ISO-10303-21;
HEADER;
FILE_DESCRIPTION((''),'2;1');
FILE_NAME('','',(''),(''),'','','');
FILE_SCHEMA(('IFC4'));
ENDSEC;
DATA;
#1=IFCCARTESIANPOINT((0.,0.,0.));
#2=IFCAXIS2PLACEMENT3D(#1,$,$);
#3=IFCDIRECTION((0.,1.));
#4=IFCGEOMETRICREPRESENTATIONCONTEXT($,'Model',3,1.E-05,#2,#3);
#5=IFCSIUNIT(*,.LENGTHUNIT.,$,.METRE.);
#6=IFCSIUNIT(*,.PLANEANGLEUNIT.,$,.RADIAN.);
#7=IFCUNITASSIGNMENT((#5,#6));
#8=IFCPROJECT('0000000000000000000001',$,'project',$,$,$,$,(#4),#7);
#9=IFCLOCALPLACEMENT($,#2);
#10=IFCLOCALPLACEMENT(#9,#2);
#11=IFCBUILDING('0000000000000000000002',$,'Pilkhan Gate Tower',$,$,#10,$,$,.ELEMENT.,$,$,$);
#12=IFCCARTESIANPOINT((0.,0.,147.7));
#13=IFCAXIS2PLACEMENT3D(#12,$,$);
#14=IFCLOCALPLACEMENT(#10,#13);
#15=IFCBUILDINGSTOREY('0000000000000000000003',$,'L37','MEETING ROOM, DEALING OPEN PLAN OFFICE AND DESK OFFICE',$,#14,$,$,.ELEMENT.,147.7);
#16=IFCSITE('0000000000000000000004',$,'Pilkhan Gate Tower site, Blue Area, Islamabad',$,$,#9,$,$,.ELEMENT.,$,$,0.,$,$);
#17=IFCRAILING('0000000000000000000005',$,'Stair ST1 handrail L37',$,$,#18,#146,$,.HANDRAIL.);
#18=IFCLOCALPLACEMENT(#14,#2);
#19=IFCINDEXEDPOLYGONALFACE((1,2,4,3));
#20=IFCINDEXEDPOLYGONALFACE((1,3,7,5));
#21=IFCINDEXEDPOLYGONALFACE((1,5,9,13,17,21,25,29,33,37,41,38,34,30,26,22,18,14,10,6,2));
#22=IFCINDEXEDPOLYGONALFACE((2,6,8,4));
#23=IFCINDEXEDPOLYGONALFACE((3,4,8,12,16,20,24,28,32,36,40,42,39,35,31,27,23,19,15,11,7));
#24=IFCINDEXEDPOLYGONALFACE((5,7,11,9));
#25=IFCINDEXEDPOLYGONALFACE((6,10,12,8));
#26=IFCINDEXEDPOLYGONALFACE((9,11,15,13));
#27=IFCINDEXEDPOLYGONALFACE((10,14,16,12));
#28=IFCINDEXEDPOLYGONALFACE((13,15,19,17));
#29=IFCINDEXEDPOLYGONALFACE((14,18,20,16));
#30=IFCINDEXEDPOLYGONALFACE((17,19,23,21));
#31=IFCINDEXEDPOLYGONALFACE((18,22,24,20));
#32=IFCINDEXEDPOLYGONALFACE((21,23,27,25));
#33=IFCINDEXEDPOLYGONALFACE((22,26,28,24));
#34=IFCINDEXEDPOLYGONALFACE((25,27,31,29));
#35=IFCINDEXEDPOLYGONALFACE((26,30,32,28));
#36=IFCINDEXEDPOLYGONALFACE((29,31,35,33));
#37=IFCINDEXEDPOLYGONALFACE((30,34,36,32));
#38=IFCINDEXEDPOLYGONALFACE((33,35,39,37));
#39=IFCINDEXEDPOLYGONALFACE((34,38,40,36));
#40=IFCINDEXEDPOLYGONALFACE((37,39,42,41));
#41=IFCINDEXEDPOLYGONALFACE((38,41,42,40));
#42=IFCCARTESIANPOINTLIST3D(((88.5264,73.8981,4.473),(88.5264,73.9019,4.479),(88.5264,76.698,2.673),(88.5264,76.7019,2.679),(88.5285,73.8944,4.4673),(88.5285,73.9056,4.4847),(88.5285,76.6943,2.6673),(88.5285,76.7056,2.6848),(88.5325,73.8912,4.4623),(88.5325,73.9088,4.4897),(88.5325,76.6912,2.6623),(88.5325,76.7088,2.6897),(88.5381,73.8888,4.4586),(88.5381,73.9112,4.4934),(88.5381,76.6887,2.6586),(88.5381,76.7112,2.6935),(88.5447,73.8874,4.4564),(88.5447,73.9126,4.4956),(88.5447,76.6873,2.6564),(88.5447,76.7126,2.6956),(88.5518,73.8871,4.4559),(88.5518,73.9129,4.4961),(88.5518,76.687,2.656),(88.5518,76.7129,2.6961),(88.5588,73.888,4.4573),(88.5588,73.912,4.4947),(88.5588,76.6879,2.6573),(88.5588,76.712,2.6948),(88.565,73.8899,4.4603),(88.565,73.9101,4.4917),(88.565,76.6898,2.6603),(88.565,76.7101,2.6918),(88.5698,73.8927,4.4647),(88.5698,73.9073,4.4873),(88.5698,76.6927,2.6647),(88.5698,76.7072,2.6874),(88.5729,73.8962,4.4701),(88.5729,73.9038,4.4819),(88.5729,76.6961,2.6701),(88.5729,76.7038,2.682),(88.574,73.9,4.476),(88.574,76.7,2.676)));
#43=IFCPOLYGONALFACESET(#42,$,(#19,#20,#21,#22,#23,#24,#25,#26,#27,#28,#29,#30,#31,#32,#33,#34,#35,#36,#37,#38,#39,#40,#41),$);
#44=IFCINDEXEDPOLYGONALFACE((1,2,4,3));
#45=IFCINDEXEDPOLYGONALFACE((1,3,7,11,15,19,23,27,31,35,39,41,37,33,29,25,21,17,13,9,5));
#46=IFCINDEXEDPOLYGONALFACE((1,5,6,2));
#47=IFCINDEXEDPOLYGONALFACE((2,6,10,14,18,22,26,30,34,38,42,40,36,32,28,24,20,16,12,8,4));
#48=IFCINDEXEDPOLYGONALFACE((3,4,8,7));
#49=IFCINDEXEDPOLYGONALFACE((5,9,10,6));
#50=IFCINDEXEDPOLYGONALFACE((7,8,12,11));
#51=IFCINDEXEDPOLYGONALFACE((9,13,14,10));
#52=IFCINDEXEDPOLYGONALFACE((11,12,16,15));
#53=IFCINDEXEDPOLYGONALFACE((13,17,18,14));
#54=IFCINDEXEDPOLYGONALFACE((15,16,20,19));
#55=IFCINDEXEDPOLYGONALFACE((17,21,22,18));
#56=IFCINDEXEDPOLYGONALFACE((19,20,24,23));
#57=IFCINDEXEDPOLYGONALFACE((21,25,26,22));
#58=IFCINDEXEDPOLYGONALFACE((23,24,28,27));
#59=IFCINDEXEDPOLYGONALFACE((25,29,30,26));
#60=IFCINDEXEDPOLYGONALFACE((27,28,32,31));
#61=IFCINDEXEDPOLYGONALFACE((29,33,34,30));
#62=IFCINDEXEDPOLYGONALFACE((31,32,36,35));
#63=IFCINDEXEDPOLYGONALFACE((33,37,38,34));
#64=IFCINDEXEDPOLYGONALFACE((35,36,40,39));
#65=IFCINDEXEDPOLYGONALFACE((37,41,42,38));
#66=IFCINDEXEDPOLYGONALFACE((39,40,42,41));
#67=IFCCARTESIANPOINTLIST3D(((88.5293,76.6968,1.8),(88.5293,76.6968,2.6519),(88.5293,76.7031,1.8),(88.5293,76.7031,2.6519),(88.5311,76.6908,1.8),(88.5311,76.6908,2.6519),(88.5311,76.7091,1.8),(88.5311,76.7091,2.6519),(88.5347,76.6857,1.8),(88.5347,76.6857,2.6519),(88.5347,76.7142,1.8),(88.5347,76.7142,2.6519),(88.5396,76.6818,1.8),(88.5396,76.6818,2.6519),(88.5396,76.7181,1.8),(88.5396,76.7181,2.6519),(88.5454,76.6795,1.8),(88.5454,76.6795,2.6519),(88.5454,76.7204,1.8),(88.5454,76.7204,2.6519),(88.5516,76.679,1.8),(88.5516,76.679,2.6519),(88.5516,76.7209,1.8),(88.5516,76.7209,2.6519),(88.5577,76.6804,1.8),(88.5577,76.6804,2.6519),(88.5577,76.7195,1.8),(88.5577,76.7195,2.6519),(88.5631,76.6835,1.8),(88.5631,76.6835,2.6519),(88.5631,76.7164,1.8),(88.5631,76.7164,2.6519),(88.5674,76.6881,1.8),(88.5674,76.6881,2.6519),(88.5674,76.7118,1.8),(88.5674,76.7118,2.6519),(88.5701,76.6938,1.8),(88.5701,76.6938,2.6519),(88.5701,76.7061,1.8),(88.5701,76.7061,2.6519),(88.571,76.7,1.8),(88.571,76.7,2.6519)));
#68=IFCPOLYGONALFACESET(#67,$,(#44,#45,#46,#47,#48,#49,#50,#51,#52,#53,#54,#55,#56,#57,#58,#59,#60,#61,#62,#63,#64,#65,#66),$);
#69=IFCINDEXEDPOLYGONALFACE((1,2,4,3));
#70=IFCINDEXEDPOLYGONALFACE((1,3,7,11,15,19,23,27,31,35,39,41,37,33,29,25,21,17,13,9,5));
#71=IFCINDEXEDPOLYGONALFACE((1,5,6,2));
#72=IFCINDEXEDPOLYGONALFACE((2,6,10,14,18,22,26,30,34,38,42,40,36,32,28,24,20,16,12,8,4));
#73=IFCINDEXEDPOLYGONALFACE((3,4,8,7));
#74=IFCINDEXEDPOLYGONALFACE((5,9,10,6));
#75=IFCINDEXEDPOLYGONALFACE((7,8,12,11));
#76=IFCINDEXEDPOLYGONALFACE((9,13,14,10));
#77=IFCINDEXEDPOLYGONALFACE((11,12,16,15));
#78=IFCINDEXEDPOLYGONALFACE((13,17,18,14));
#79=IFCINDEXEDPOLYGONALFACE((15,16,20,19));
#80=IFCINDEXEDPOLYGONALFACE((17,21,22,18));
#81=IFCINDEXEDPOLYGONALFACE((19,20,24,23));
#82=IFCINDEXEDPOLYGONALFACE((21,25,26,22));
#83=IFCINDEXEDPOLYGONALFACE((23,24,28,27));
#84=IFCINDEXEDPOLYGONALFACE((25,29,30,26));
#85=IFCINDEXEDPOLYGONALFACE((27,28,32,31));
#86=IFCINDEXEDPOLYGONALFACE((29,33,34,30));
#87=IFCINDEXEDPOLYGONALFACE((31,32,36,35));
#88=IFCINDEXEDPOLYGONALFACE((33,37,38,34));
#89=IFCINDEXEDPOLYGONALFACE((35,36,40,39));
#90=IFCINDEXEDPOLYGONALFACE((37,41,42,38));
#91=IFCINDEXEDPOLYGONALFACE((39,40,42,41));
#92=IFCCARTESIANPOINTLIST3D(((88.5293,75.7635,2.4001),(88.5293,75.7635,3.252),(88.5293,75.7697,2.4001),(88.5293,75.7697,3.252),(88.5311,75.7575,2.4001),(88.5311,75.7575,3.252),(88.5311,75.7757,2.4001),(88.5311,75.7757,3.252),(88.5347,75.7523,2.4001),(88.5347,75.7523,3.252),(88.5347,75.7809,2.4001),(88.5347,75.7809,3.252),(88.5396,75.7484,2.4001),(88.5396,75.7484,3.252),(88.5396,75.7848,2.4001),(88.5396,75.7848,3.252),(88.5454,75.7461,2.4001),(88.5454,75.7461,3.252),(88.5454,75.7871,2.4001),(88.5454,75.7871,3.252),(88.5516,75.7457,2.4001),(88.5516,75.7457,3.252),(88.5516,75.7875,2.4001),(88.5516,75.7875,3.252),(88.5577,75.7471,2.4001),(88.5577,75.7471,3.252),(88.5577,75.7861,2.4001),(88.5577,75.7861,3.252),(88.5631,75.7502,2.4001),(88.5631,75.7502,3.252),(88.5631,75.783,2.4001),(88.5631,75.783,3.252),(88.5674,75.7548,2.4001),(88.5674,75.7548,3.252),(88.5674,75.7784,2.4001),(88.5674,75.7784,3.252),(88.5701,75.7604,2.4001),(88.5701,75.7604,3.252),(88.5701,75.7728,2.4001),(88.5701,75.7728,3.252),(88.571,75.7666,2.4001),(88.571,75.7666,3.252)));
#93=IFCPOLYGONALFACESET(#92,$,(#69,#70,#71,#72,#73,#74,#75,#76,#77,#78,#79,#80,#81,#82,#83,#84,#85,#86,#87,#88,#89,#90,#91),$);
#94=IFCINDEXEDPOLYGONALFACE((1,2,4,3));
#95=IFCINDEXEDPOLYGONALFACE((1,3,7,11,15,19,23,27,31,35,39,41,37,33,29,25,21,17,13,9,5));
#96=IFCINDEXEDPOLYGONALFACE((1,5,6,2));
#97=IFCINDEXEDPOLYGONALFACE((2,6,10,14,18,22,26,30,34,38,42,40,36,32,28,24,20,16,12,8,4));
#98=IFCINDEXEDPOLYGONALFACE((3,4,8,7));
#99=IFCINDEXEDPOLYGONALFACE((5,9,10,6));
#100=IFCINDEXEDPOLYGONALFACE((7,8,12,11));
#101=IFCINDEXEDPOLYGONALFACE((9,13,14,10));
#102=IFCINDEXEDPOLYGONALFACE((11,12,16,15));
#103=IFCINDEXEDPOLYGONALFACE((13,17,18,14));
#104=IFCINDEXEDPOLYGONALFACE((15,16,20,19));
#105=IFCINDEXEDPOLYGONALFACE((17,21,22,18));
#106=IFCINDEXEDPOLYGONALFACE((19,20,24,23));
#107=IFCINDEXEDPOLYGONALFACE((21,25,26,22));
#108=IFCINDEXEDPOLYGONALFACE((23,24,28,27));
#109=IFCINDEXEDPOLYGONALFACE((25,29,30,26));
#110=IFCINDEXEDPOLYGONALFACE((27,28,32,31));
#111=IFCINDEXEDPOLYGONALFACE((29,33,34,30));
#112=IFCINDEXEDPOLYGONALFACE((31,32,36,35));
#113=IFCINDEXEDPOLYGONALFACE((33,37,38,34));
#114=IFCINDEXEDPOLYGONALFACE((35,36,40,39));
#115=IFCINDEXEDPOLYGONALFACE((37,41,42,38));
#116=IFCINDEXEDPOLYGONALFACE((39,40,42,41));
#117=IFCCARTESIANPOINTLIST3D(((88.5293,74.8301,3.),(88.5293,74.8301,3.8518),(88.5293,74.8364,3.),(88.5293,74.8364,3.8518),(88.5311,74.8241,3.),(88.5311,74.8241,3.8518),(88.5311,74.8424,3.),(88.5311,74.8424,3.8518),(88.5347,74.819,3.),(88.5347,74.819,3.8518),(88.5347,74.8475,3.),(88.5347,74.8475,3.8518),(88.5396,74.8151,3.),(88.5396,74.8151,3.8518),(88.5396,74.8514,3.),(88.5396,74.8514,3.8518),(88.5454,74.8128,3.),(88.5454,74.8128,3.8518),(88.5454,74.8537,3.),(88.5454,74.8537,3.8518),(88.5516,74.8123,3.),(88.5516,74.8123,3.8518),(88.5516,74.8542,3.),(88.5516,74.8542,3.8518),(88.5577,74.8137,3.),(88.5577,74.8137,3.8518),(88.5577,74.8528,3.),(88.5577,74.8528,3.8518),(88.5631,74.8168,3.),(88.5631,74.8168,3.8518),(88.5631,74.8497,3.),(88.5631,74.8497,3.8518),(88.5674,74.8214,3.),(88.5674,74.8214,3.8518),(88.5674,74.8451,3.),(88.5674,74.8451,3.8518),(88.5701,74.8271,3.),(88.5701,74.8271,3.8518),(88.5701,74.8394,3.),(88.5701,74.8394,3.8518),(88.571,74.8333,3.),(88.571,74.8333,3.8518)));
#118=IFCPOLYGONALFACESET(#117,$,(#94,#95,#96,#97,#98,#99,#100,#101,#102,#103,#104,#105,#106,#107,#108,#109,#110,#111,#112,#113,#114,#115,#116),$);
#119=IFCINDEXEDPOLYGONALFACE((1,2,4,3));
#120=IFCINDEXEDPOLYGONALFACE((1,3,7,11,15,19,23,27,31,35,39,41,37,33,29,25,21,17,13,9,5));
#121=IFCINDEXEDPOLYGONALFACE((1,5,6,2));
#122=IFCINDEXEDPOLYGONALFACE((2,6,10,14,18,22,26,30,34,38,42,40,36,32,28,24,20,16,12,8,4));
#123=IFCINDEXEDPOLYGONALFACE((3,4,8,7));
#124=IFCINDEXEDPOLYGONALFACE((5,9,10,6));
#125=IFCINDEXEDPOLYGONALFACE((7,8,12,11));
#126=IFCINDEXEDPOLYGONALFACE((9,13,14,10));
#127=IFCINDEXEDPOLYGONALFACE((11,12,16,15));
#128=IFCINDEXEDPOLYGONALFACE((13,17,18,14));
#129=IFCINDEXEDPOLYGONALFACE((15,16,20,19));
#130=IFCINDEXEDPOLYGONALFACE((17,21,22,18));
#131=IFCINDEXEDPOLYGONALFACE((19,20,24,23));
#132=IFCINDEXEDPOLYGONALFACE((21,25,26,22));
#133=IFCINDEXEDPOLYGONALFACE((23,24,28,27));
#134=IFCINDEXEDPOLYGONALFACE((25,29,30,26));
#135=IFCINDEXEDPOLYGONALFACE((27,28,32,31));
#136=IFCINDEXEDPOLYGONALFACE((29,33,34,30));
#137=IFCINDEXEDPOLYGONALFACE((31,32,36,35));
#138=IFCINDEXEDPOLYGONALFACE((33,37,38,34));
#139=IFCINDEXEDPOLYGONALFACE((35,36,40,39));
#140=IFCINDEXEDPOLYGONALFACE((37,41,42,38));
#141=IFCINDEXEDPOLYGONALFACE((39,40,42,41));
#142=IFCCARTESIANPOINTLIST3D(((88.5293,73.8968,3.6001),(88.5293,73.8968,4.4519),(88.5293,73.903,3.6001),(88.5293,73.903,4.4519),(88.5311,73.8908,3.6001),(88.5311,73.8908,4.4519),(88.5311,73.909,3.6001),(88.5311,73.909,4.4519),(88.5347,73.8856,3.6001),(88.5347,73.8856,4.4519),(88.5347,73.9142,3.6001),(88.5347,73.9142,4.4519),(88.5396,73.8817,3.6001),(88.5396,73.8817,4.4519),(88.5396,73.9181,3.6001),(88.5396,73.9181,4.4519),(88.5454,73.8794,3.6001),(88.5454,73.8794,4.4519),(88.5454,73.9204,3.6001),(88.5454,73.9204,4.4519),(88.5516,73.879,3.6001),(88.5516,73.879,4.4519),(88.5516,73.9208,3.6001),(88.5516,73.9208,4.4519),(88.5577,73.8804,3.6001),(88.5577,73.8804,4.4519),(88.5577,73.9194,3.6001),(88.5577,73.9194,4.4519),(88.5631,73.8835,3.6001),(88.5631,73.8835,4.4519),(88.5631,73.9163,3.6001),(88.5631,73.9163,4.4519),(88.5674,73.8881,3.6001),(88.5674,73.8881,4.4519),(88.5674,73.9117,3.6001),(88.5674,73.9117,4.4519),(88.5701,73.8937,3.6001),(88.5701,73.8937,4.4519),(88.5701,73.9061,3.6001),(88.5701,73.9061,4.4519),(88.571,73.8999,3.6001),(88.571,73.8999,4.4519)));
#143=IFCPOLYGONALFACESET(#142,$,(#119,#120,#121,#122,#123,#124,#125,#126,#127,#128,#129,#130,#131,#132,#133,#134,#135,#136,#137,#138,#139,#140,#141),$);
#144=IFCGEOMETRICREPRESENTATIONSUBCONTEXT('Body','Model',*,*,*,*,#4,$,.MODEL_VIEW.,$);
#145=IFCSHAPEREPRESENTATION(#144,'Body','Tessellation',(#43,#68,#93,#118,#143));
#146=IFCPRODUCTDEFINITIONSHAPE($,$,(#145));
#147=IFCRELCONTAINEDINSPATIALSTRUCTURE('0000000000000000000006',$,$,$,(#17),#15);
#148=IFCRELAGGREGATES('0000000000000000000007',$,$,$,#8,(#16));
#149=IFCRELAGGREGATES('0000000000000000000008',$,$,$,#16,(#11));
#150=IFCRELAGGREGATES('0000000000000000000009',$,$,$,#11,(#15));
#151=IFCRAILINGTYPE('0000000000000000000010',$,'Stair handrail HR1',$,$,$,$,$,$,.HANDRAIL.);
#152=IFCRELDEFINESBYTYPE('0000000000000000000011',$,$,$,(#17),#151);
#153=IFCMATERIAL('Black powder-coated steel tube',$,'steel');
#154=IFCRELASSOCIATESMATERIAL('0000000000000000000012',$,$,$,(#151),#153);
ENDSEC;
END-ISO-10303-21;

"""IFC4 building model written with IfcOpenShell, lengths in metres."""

from ifc_helpers import new_model, si_unit, direction, frame, origin, origin_2d, place, context, subcontext, project, spatial, circle, extrude, material, type_object, element, save


model = new_model("IFC4")

# Units and contexts
model_context = context("Model", 3, precision=1e-05, world=origin(), true_north=direction((0.0, 1.0)))
body_context = subcontext(model_context, "Body", "Model", "MODEL_VIEW")
ifc_project = project(units=[si_unit("LENGTHUNIT", "METRE"), si_unit("PLANEANGLEUNIT", "RADIAN")], contexts=[model_context])

# Site, building, storey
site_placement = place(None, origin())
site = spatial("IfcSite", under=ifc_project, at=site_placement, Name="Pilkhan Gate Tower site, Blue Area, Islamabad", CompositionType="ELEMENT", RefElevation=0.0)
building_placement = place(site_placement, origin())
building = spatial("IfcBuilding", under=site, at=building_placement, Name="Pilkhan Gate Tower", CompositionType="ELEMENT")
storey_placement = place(building_placement, frame((0.0, 0.0, 147.7)))
storey = spatial("IfcBuildingStorey", under=building, at=storey_placement, Name="L37", Description="MEETING ROOM, DEALING OPEN PLAN OFFICE AND DESK OFFICE", CompositionType="ELEMENT", Elevation=147.7)

# Railing
ifc_material_1 = material(Name="Black powder-coated steel tube", Category="steel")
railing_type_1 = type_object("IfcRailingType", Name="Stair handrail HR1", PredefinedType="HANDRAIL", material=ifc_material_1)
railing_1_placement = place(storey_placement, frame((88.55, 76.7, 1.8)))
element("IfcRailing", 1, at=railing_1_placement, inside=storey, type_object=railing_type_1, Name="Stair ST1 handrail L37", PredefinedType="HANDRAIL", context=body_context, shape_type="SweptSolid", body=[
    extrude(circle(Radius=0.0239, at=origin_2d()), frame((0.0, 0.0, 0.876), z_axis=(0.0, -0.841176, 0.540761), x_axis=(1.0, 0.0, 0.0)), (0.0, 0.0, 1.0), 3.3286),
    extrude(circle(Radius=0.021, at=origin_2d()), origin(), (0.0, 0.0, 1.0), 0.8518),
    extrude(circle(Radius=0.021, at=origin_2d()), frame((0.0, -0.9333, 0.6001)), (0.0, 0.0, 1.0), 0.8518),
    extrude(circle(Radius=0.021, at=origin_2d()), frame((0.0, -1.8667, 1.2)), (0.0, 0.0, 1.0), 0.8518),
    extrude(circle(Radius=0.021, at=origin_2d()), frame((0.0, -2.8, 1.8)), (0.0, 0.0, 1.0), 0.8518),
])

save(model, "model.ifc")
